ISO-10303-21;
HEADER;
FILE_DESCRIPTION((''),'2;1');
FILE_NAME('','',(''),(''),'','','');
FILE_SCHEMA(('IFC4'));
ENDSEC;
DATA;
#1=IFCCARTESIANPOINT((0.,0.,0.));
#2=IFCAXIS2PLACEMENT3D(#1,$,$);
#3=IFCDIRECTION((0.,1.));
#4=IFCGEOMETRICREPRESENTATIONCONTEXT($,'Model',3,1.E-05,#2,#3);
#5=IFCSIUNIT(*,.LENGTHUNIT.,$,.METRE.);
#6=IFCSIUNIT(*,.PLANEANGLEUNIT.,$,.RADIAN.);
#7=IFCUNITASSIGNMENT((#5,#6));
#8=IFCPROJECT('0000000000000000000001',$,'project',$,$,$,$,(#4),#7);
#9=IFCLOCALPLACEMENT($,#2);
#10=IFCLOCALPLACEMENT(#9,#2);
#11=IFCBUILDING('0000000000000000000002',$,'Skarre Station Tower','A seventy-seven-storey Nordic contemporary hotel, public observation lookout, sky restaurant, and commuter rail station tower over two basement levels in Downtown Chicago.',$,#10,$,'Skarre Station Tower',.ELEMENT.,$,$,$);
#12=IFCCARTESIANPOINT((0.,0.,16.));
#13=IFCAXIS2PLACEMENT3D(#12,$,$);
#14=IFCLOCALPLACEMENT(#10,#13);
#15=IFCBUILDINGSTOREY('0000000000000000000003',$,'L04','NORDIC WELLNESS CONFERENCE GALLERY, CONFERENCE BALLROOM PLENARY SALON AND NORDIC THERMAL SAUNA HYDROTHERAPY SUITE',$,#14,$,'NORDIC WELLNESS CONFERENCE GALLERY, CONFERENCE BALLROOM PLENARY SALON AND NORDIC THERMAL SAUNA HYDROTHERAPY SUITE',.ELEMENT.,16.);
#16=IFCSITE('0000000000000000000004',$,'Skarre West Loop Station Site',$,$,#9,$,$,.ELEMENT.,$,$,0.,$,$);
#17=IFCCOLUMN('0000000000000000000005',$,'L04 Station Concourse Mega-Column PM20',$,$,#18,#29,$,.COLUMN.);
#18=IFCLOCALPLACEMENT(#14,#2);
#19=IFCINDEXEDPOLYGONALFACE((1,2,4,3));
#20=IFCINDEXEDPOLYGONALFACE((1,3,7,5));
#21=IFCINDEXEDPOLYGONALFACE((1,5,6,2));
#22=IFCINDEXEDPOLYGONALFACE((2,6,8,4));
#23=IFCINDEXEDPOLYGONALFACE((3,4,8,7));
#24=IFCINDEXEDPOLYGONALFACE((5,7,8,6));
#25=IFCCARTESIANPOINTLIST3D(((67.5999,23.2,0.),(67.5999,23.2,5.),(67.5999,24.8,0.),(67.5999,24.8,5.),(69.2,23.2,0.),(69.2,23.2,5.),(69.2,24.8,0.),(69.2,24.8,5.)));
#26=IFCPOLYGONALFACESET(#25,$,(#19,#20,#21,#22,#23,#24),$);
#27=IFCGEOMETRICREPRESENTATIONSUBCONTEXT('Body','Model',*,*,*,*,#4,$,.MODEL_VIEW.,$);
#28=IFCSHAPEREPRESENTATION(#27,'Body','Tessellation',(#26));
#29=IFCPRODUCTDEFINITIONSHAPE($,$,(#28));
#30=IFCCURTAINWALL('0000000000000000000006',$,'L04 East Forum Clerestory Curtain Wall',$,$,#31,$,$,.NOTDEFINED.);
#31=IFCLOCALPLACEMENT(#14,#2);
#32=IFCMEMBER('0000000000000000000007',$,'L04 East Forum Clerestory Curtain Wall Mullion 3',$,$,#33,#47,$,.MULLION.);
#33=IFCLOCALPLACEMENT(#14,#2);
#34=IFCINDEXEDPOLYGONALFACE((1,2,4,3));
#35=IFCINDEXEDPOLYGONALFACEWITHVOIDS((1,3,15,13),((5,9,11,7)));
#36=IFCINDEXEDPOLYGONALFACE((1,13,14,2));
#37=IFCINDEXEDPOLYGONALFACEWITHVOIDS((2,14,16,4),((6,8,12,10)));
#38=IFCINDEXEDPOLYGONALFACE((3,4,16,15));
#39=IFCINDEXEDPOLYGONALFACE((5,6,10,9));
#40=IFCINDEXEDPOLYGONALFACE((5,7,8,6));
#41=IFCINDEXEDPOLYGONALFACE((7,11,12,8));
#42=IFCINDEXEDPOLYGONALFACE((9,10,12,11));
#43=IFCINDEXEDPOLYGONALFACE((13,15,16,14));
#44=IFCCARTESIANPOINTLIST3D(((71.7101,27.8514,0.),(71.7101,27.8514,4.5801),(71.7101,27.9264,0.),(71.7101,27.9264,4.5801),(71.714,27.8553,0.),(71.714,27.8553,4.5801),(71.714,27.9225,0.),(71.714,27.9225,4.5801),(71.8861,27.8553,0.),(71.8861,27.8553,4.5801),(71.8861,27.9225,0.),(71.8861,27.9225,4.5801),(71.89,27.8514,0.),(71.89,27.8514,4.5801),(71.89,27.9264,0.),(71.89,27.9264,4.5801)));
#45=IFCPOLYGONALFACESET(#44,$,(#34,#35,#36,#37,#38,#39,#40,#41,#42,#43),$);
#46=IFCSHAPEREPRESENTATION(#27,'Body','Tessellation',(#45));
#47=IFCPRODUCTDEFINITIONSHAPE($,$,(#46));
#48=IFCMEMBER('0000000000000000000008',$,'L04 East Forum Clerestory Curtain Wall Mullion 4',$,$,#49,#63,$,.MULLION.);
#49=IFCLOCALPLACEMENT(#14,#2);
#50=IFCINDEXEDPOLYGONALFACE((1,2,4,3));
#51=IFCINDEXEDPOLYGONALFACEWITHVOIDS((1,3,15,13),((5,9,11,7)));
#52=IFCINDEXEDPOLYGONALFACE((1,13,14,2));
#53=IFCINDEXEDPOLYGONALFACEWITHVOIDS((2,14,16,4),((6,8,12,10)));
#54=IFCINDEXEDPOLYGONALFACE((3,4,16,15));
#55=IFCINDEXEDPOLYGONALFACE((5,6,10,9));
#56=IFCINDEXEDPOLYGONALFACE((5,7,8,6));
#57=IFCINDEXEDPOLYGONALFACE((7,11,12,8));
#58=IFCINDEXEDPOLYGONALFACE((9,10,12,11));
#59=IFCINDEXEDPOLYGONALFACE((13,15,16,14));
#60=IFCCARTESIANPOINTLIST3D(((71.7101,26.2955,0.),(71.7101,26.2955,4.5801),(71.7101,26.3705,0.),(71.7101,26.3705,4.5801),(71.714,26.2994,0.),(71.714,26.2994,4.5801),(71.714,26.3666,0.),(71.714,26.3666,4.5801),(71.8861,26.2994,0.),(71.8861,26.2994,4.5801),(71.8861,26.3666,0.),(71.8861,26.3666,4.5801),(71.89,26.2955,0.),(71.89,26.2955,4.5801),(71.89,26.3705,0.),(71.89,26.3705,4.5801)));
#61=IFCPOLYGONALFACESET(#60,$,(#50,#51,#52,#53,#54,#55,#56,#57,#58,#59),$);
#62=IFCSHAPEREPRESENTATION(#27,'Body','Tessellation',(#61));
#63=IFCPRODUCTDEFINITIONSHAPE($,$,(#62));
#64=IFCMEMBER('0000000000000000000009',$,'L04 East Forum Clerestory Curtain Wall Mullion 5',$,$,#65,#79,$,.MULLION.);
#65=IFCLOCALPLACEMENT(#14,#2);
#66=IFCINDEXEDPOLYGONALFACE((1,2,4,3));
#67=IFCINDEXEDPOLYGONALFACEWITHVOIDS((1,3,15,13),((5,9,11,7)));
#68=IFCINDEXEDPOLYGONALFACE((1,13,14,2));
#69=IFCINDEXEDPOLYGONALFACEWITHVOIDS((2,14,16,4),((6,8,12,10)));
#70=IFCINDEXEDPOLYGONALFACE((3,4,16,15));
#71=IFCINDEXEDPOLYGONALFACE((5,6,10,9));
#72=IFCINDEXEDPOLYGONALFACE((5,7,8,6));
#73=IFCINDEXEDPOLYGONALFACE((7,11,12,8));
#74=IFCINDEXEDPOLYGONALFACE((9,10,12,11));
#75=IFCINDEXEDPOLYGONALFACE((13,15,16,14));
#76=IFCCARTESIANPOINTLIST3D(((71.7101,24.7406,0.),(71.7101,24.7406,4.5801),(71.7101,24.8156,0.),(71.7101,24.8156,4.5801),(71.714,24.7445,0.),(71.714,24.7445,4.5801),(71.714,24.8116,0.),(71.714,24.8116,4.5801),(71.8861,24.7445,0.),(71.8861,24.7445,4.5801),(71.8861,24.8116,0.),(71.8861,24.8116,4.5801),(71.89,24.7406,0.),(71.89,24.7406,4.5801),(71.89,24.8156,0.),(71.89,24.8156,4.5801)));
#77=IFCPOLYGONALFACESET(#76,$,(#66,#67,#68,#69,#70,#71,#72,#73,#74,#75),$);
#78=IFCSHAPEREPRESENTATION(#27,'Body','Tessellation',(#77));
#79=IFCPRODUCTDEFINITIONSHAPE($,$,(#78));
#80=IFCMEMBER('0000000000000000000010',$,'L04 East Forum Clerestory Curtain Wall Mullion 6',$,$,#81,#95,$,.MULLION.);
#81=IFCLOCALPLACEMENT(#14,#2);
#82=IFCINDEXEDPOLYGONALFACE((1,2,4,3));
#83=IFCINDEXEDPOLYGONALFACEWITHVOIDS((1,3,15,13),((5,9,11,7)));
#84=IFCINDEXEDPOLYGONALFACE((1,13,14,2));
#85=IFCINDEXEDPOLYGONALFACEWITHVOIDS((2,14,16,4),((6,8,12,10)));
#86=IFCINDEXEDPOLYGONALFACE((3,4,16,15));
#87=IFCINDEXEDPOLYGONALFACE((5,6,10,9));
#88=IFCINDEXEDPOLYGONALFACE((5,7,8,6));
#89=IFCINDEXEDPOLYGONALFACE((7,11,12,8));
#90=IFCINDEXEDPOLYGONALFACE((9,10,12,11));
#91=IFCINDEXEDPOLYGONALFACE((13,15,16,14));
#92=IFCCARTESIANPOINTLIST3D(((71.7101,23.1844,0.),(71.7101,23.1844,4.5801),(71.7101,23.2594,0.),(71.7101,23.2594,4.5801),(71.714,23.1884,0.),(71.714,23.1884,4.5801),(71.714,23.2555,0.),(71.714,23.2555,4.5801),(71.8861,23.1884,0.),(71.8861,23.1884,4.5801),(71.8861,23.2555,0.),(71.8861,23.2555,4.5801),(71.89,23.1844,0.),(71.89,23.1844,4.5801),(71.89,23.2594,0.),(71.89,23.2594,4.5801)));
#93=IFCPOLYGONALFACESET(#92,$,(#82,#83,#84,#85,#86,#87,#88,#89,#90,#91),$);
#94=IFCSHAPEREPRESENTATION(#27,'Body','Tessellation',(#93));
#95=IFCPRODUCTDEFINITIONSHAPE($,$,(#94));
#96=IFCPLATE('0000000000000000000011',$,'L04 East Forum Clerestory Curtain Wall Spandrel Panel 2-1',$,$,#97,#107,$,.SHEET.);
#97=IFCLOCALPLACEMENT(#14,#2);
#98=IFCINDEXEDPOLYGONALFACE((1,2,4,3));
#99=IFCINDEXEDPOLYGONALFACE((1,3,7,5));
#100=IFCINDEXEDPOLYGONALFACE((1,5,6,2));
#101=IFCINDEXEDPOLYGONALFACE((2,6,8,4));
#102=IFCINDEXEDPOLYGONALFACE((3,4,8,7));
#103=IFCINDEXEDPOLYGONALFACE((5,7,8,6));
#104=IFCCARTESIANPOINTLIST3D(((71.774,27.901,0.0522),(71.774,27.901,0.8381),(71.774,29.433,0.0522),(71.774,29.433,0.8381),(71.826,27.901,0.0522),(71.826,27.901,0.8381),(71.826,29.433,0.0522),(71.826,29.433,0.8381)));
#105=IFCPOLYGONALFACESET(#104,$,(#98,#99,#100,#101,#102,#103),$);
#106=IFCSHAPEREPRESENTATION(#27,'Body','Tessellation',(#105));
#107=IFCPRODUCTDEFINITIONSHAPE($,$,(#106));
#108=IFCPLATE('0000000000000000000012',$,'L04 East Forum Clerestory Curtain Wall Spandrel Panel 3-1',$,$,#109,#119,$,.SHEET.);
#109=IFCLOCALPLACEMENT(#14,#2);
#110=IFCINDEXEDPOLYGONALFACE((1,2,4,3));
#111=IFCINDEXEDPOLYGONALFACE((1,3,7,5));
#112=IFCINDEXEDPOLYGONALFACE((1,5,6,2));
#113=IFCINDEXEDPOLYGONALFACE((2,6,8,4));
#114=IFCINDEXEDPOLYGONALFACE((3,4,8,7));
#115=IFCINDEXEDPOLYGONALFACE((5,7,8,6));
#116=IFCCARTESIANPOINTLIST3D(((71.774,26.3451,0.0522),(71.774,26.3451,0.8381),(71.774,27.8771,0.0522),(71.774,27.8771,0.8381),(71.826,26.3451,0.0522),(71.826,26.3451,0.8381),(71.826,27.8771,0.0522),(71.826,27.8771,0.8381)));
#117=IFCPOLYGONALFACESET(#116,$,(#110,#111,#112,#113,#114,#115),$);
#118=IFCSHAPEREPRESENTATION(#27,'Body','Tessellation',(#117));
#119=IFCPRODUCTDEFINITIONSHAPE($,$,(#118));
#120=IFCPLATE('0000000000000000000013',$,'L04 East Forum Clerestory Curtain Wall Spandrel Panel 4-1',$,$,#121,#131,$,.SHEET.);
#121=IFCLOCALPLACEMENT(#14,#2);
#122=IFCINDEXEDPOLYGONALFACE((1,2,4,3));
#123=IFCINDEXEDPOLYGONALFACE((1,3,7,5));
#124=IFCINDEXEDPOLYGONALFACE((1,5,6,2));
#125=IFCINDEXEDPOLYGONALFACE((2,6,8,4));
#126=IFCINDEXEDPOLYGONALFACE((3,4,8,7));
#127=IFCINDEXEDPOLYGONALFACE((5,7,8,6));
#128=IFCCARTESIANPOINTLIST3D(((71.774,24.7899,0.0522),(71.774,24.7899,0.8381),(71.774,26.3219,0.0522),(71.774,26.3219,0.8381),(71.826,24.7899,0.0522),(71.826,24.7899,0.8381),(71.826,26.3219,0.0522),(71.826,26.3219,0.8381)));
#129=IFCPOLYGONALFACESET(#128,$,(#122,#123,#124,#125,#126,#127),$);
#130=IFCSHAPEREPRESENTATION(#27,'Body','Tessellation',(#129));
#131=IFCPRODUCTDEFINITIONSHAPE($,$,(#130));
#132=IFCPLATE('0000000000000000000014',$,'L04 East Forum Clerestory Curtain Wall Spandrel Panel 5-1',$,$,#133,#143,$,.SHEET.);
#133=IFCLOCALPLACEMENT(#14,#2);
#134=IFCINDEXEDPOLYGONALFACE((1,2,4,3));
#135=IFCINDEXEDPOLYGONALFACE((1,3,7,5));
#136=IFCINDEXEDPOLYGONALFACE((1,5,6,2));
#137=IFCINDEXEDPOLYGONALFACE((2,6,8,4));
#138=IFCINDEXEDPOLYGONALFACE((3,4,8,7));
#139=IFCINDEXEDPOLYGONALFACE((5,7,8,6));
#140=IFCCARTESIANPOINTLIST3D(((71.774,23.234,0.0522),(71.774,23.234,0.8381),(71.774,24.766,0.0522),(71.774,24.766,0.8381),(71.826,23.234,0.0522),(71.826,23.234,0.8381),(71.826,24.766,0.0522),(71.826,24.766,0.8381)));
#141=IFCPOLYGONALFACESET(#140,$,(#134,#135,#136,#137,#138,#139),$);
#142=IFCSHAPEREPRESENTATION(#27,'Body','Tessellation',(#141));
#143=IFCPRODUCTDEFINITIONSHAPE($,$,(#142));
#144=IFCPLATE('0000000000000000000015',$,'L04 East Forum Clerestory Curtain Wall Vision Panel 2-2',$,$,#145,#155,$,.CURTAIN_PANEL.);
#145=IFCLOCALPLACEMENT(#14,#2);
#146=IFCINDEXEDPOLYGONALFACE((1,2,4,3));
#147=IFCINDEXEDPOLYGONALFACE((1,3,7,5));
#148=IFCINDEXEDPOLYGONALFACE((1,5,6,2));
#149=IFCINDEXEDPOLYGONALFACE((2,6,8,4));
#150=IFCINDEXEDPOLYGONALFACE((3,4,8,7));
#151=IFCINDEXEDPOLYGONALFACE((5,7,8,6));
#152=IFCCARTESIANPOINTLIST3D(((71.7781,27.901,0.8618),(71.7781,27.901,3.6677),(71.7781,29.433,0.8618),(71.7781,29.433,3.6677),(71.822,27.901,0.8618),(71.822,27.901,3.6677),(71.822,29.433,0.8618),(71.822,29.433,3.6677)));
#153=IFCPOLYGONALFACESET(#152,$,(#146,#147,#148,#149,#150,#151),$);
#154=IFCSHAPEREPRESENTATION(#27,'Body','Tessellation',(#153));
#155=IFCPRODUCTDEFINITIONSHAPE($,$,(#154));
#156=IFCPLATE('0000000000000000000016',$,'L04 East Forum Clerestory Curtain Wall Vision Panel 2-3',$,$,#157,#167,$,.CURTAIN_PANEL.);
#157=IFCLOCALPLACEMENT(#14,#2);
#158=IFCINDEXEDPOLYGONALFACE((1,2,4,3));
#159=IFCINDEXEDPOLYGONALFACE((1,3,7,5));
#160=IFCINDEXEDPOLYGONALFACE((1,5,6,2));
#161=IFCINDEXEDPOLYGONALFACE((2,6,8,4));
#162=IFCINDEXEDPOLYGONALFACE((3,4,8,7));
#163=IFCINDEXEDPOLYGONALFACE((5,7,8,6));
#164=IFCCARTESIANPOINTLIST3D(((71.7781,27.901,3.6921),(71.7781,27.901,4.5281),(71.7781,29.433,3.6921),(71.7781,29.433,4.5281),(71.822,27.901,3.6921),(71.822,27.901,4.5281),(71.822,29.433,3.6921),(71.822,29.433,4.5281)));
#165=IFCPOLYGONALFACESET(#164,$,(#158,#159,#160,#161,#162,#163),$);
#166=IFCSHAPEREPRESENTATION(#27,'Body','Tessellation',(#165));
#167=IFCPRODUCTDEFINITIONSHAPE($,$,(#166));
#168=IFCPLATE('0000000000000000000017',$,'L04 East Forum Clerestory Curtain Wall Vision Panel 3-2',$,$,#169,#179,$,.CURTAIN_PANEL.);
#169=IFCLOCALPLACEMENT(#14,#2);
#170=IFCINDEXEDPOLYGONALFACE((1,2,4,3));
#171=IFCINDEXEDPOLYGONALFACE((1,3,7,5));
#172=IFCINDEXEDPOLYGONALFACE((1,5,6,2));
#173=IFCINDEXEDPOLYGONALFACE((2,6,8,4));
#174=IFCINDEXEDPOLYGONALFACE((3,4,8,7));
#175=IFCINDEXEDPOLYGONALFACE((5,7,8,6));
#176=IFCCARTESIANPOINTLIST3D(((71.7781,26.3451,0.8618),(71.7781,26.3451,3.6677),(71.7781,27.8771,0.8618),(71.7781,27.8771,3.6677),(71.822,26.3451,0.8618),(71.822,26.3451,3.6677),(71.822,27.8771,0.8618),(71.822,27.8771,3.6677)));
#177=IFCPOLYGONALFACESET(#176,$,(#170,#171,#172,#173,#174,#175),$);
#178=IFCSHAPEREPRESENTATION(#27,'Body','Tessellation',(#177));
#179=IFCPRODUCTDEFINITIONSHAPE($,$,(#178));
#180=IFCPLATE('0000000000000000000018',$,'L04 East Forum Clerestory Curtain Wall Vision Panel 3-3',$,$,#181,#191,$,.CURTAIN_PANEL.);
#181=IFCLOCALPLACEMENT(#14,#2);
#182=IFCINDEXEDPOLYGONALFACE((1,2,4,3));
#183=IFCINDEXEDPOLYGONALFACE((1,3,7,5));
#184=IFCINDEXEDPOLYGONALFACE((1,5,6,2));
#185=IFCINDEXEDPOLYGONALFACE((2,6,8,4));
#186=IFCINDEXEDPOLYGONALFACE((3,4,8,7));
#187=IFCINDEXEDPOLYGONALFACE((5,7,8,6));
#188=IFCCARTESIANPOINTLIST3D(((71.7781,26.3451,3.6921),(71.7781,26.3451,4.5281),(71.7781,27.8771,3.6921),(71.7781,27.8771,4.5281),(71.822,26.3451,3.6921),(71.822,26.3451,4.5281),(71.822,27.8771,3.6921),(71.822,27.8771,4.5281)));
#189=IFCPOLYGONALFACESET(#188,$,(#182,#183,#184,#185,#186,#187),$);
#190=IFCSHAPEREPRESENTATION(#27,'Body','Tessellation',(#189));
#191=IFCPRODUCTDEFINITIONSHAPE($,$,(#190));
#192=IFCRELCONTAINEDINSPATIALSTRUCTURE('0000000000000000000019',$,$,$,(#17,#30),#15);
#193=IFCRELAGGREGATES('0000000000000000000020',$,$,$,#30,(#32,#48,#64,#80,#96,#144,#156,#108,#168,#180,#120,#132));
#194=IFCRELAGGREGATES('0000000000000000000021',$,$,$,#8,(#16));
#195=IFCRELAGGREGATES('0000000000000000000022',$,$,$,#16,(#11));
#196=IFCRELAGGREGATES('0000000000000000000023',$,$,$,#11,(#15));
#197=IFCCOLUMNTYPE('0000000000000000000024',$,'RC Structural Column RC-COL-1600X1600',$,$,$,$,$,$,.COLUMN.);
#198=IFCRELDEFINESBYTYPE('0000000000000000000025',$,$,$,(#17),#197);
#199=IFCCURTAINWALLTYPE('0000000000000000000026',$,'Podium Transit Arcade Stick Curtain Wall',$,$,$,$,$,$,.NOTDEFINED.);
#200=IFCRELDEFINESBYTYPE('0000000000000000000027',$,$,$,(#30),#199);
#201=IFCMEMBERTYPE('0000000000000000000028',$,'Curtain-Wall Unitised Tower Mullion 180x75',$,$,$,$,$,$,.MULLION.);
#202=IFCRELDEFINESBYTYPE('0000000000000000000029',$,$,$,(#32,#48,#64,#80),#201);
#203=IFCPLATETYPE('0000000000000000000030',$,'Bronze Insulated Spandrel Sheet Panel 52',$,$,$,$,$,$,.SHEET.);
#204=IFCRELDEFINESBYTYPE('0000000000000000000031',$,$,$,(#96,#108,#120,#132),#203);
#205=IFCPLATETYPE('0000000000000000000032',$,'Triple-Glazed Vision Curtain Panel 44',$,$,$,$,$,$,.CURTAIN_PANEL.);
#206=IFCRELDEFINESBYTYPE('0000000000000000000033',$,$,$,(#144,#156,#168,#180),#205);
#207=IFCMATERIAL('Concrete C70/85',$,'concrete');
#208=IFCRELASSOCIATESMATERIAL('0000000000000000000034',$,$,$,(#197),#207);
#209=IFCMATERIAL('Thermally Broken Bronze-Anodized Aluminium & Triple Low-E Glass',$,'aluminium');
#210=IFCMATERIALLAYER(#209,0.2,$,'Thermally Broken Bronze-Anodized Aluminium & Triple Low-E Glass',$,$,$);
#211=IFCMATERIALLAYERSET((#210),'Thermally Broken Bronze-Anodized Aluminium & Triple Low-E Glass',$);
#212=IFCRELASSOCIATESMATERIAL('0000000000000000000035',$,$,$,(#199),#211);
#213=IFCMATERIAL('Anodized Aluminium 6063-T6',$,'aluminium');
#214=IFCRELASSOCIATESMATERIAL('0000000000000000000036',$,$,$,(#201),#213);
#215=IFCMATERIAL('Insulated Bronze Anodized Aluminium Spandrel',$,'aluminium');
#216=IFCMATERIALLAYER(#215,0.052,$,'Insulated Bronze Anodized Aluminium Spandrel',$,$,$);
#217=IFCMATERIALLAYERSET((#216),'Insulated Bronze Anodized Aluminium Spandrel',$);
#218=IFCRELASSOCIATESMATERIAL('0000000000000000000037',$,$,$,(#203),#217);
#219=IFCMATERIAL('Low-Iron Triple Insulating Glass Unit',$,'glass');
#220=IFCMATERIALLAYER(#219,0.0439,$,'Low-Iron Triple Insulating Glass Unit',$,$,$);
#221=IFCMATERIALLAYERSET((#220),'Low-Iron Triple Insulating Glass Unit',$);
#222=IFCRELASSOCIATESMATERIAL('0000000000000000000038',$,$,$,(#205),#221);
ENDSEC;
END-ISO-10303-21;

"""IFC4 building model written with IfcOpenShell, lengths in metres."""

from ifc_helpers import new_model, si_unit, direction, frame, origin, origin_2d, place, context, subcontext, project, spatial, rectangle, hollow_rectangle, extrude, material, layer, layer_set, material_profile, profile_set, type_object, element, aggregate, save


model = new_model("IFC4")

# Units and contexts
model_context = context("Model", 3, precision=1e-05, world=origin(), true_north=direction((0.0, 1.0)))
body_context = subcontext(model_context, "Body", "Model", "MODEL_VIEW")
ifc_project = project(units=[si_unit("LENGTHUNIT", "METRE"), si_unit("PLANEANGLEUNIT", "RADIAN")], contexts=[model_context])

# Site, building, storey
site_placement = place(None, origin())
site = spatial("IfcSite", under=ifc_project, at=site_placement, Name="Skarre West Loop Station Site", CompositionType="ELEMENT", RefElevation=0.0)
building_placement = place(site_placement, origin())
building = spatial("IfcBuilding", under=site, at=building_placement, Name="Skarre Station Tower", Description="A seventy-seven-storey Nordic contemporary hotel, public observation lookout, sky restaurant, and commuter rail station tower over two basement levels in Downtown Chicago.", LongName="Skarre Station Tower", CompositionType="ELEMENT")
storey_placement = place(building_placement, frame((0.0, 0.0, 16.0)))
storey = spatial("IfcBuildingStorey", under=building, at=storey_placement, Name="L04", Description="NORDIC WELLNESS CONFERENCE GALLERY, CONFERENCE BALLROOM PLENARY SALON AND NORDIC THERMAL SAUNA HYDROTHERAPY SUITE", LongName="NORDIC WELLNESS CONFERENCE GALLERY, CONFERENCE BALLROOM PLENARY SALON AND NORDIC THERMAL SAUNA HYDROTHERAPY SUITE", CompositionType="ELEMENT", Elevation=16.0)

# Column
ifc_material_1 = material(Name="Concrete C70/85", Category="concrete")
ifc_material_profile_1 = material_profile(ifc_material_1, rectangle(XDim=1.6001, YDim=1.6001, at=origin_2d()), Name="Concrete C70/85")
ifc_profile_set_1 = profile_set([ifc_material_profile_1], Name="Concrete C70/85")
column_type = type_object("IfcColumnType", Name="RC Structural Column RC-COL-1600X1600", PredefinedType="COLUMN", material=ifc_profile_set_1)
column_placement = place(storey_placement, frame((68.3999, 24.0, 0.0), z_axis=(0.0, 0.0, 1.0), x_axis=(1.0, 0.0, 0.0)))
element("IfcColumn", 1, at=column_placement, inside=storey, type_object=column_type, Name="L04 Station Concourse Mega-Column PM20", PredefinedType="COLUMN", context=body_context, shape_type="SweptSolid", body=[
    extrude(rectangle(XDim=1.6001, YDim=1.6001, at=origin_2d()), origin(), (0.0, 0.0, 1.0), 5.0),
])

# Curtain wall, members, plates
ifc_material_2 = material(Name="Thermally Broken Bronze-Anodized Aluminium & Triple Low-E Glass", Category="aluminium")
ifc_layer_1 = layer(ifc_material_2, 0.2, Name="Thermally Broken Bronze-Anodized Aluminium & Triple Low-E Glass")
ifc_layer_set_1 = layer_set([ifc_layer_1], Name="Thermally Broken Bronze-Anodized Aluminium & Triple Low-E Glass")
curtain_wall_type = type_object("IfcCurtainWallType", Name="Podium Transit Arcade Stick Curtain Wall", PredefinedType="NOTDEFINED", material=ifc_layer_set_1)
curtain_wall_placement = place(storey_placement, origin())
curtain_wall = element("IfcCurtainWall", 2, at=curtain_wall_placement, inside=storey, type_object=curtain_wall_type, Name="L04 East Forum Clerestory Curtain Wall", PredefinedType="NOTDEFINED")
ifc_material_3 = material(Name="Anodized Aluminium 6063-T6", Category="aluminium")
ifc_material_profile_2 = material_profile(ifc_material_3, hollow_rectangle(XDim=0.075, YDim=0.1799, WallThickness=0.0039, at=origin_2d()), Name="Anodized Aluminium 6063-T6")
ifc_profile_set_2 = profile_set([ifc_material_profile_2], Name="Anodized Aluminium 6063-T6")
member_type = type_object("IfcMemberType", Name="Curtain-Wall Unitised Tower Mullion 180x75", PredefinedType="MULLION", material=ifc_profile_set_2)
member_1_placement = place(storey_placement, frame((71.8, 27.8889, 0.0), z_axis=(0.0, 0.0, 1.0), x_axis=(0.0, -1.0, 0.0)))
member_1 = element("IfcMember", 3, at=member_1_placement, type_object=member_type, Name="L04 East Forum Clerestory Curtain Wall Mullion 3", PredefinedType="MULLION", context=body_context, shape_type="SweptSolid", body=[
    extrude(hollow_rectangle(XDim=0.075, YDim=0.1799, WallThickness=0.0039, at=origin_2d()), origin(), (0.0, 0.0, 1.0), 4.5801),
])
member_2_placement = place(storey_placement, frame((71.8, 26.333, 0.0), z_axis=(0.0, 0.0, 1.0), x_axis=(0.0, -1.0, 0.0)))
member_2 = element("IfcMember", 4, at=member_2_placement, type_object=member_type, Name="L04 East Forum Clerestory Curtain Wall Mullion 4", PredefinedType="MULLION", context=body_context, shape_type="SweptSolid", body=[
    extrude(hollow_rectangle(XDim=0.075, YDim=0.1799, WallThickness=0.0039, at=origin_2d()), origin(), (0.0, 0.0, 1.0), 4.5801),
])
member_3_placement = place(storey_placement, frame((71.8, 24.7781, 0.0), z_axis=(0.0, 0.0, 1.0), x_axis=(0.0, -1.0, 0.0)))
member_3 = element("IfcMember", 5, at=member_3_placement, type_object=member_type, Name="L04 East Forum Clerestory Curtain Wall Mullion 5", PredefinedType="MULLION", context=body_context, shape_type="SweptSolid", body=[
    extrude(hollow_rectangle(XDim=0.075, YDim=0.1799, WallThickness=0.0039, at=origin_2d()), origin(), (0.0, 0.0, 1.0), 4.5801),
])
member_4_placement = place(storey_placement, frame((71.8, 23.2219, 0.0), z_axis=(0.0, 0.0, 1.0), x_axis=(0.0, -1.0, 0.0)))
member_4 = element("IfcMember", 6, at=member_4_placement, type_object=member_type, Name="L04 East Forum Clerestory Curtain Wall Mullion 6", PredefinedType="MULLION", context=body_context, shape_type="SweptSolid", body=[
    extrude(hollow_rectangle(XDim=0.075, YDim=0.1799, WallThickness=0.0039, at=origin_2d()), origin(), (0.0, 0.0, 1.0), 4.5801),
])
ifc_material_4 = material(Name="Insulated Bronze Anodized Aluminium Spandrel", Category="aluminium")
ifc_layer_2 = layer(ifc_material_4, 0.052, Name="Insulated Bronze Anodized Aluminium Spandrel")
ifc_layer_set_2 = layer_set([ifc_layer_2], Name="Insulated Bronze Anodized Aluminium Spandrel")
plate_type_1 = type_object("IfcPlateType", Name="Bronze Insulated Spandrel Sheet Panel 52", PredefinedType="SHEET", material=ifc_layer_set_2)
plate_1_placement = place(storey_placement, frame((71.8, 28.667, 0.0522), z_axis=(0.0, 0.0, 1.0), x_axis=(0.0, -1.0, 0.0)))
plate_1 = element("IfcPlate", 7, at=plate_1_placement, type_object=plate_type_1, Name="L04 East Forum Clerestory Curtain Wall Spandrel Panel 2-1", PredefinedType="SHEET", context=body_context, shape_type="SweptSolid", body=[
    extrude(rectangle(XDim=1.532, YDim=0.052, at=origin_2d()), origin(), (0.0, 0.0, 1.0), 0.7859),
])
plate_2_placement = place(storey_placement, frame((71.8, 27.1111, 0.0522), z_axis=(0.0, 0.0, 1.0), x_axis=(0.0, -1.0, 0.0)))
plate_2 = element("IfcPlate", 8, at=plate_2_placement, type_object=plate_type_1, Name="L04 East Forum Clerestory Curtain Wall Spandrel Panel 3-1", PredefinedType="SHEET", context=body_context, shape_type="SweptSolid", body=[
    extrude(rectangle(XDim=1.532, YDim=0.052, at=origin_2d()), origin(), (0.0, 0.0, 1.0), 0.7859),
])
plate_3_placement = place(storey_placement, frame((71.8, 25.5559, 0.0522), z_axis=(0.0, 0.0, 1.0), x_axis=(0.0, -1.0, 0.0)))
plate_3 = element("IfcPlate", 9, at=plate_3_placement, type_object=plate_type_1, Name="L04 East Forum Clerestory Curtain Wall Spandrel Panel 4-1", PredefinedType="SHEET", context=body_context, shape_type="SweptSolid", body=[
    extrude(rectangle(XDim=1.532, YDim=0.052, at=origin_2d()), origin(), (0.0, 0.0, 1.0), 0.7859),
])
plate_4_placement = place(storey_placement, frame((71.8, 24.0, 0.0522), z_axis=(0.0, 0.0, 1.0), x_axis=(0.0, -1.0, 0.0)))
plate_4 = element("IfcPlate", 10, at=plate_4_placement, type_object=plate_type_1, Name="L04 East Forum Clerestory Curtain Wall Spandrel Panel 5-1", PredefinedType="SHEET", context=body_context, shape_type="SweptSolid", body=[
    extrude(rectangle(XDim=1.532, YDim=0.052, at=origin_2d()), origin(), (0.0, 0.0, 1.0), 0.7859),
])
ifc_material_5 = material(Name="Low-Iron Triple Insulating Glass Unit", Category="glass")
ifc_layer_3 = layer(ifc_material_5, 0.0439, Name="Low-Iron Triple Insulating Glass Unit")
ifc_layer_set_3 = layer_set([ifc_layer_3], Name="Low-Iron Triple Insulating Glass Unit")
plate_type_2 = type_object("IfcPlateType", Name="Triple-Glazed Vision Curtain Panel 44", PredefinedType="CURTAIN_PANEL", material=ifc_layer_set_3)
plate_5_placement = place(storey_placement, frame((71.8, 28.667, 0.8618), z_axis=(0.0, 0.0, 1.0), x_axis=(0.0, -1.0, 0.0)))
plate_5 = element("IfcPlate", 11, at=plate_5_placement, type_object=plate_type_2, Name="L04 East Forum Clerestory Curtain Wall Vision Panel 2-2", PredefinedType="CURTAIN_PANEL", context=body_context, shape_type="SweptSolid", body=[
    extrude(rectangle(XDim=1.532, YDim=0.0439, at=origin_2d()), origin(), (0.0, 0.0, 1.0), 2.8059),
])
plate_6_placement = place(storey_placement, frame((71.8, 28.667, 3.6921), z_axis=(0.0, 0.0, 1.0), x_axis=(0.0, -1.0, 0.0)))
plate_6 = element("IfcPlate", 12, at=plate_6_placement, type_object=plate_type_2, Name="L04 East Forum Clerestory Curtain Wall Vision Panel 2-3", PredefinedType="CURTAIN_PANEL", context=body_context, shape_type="SweptSolid", body=[
    extrude(rectangle(XDim=1.532, YDim=0.0439, at=origin_2d()), origin(), (0.0, 0.0, 1.0), 0.8359),
])
plate_7_placement = place(storey_placement, frame((71.8, 27.1111, 0.8618), z_axis=(0.0, 0.0, 1.0), x_axis=(0.0, -1.0, 0.0)))
plate_7 = element("IfcPlate", 13, at=plate_7_placement, type_object=plate_type_2, Name="L04 East Forum Clerestory Curtain Wall Vision Panel 3-2", PredefinedType="CURTAIN_PANEL", context=body_context, shape_type="SweptSolid", body=[
    extrude(rectangle(XDim=1.532, YDim=0.0439, at=origin_2d()), origin(), (0.0, 0.0, 1.0), 2.8059),
])
plate_8_placement = place(storey_placement, frame((71.8, 27.1111, 3.6921), z_axis=(0.0, 0.0, 1.0), x_axis=(0.0, -1.0, 0.0)))
plate_8 = element("IfcPlate", 14, at=plate_8_placement, type_object=plate_type_2, Name="L04 East Forum Clerestory Curtain Wall Vision Panel 3-3", PredefinedType="CURTAIN_PANEL", context=body_context, shape_type="SweptSolid", body=[
    extrude(rectangle(XDim=1.532, YDim=0.0439, at=origin_2d()), origin(), (0.0, 0.0, 1.0), 0.8359),
])
aggregate(curtain_wall, [member_1, member_2, member_3, member_4, plate_1, plate_5, plate_6, plate_2, plate_7, plate_8, plate_3, plate_4])

save(model, "model.ifc")
